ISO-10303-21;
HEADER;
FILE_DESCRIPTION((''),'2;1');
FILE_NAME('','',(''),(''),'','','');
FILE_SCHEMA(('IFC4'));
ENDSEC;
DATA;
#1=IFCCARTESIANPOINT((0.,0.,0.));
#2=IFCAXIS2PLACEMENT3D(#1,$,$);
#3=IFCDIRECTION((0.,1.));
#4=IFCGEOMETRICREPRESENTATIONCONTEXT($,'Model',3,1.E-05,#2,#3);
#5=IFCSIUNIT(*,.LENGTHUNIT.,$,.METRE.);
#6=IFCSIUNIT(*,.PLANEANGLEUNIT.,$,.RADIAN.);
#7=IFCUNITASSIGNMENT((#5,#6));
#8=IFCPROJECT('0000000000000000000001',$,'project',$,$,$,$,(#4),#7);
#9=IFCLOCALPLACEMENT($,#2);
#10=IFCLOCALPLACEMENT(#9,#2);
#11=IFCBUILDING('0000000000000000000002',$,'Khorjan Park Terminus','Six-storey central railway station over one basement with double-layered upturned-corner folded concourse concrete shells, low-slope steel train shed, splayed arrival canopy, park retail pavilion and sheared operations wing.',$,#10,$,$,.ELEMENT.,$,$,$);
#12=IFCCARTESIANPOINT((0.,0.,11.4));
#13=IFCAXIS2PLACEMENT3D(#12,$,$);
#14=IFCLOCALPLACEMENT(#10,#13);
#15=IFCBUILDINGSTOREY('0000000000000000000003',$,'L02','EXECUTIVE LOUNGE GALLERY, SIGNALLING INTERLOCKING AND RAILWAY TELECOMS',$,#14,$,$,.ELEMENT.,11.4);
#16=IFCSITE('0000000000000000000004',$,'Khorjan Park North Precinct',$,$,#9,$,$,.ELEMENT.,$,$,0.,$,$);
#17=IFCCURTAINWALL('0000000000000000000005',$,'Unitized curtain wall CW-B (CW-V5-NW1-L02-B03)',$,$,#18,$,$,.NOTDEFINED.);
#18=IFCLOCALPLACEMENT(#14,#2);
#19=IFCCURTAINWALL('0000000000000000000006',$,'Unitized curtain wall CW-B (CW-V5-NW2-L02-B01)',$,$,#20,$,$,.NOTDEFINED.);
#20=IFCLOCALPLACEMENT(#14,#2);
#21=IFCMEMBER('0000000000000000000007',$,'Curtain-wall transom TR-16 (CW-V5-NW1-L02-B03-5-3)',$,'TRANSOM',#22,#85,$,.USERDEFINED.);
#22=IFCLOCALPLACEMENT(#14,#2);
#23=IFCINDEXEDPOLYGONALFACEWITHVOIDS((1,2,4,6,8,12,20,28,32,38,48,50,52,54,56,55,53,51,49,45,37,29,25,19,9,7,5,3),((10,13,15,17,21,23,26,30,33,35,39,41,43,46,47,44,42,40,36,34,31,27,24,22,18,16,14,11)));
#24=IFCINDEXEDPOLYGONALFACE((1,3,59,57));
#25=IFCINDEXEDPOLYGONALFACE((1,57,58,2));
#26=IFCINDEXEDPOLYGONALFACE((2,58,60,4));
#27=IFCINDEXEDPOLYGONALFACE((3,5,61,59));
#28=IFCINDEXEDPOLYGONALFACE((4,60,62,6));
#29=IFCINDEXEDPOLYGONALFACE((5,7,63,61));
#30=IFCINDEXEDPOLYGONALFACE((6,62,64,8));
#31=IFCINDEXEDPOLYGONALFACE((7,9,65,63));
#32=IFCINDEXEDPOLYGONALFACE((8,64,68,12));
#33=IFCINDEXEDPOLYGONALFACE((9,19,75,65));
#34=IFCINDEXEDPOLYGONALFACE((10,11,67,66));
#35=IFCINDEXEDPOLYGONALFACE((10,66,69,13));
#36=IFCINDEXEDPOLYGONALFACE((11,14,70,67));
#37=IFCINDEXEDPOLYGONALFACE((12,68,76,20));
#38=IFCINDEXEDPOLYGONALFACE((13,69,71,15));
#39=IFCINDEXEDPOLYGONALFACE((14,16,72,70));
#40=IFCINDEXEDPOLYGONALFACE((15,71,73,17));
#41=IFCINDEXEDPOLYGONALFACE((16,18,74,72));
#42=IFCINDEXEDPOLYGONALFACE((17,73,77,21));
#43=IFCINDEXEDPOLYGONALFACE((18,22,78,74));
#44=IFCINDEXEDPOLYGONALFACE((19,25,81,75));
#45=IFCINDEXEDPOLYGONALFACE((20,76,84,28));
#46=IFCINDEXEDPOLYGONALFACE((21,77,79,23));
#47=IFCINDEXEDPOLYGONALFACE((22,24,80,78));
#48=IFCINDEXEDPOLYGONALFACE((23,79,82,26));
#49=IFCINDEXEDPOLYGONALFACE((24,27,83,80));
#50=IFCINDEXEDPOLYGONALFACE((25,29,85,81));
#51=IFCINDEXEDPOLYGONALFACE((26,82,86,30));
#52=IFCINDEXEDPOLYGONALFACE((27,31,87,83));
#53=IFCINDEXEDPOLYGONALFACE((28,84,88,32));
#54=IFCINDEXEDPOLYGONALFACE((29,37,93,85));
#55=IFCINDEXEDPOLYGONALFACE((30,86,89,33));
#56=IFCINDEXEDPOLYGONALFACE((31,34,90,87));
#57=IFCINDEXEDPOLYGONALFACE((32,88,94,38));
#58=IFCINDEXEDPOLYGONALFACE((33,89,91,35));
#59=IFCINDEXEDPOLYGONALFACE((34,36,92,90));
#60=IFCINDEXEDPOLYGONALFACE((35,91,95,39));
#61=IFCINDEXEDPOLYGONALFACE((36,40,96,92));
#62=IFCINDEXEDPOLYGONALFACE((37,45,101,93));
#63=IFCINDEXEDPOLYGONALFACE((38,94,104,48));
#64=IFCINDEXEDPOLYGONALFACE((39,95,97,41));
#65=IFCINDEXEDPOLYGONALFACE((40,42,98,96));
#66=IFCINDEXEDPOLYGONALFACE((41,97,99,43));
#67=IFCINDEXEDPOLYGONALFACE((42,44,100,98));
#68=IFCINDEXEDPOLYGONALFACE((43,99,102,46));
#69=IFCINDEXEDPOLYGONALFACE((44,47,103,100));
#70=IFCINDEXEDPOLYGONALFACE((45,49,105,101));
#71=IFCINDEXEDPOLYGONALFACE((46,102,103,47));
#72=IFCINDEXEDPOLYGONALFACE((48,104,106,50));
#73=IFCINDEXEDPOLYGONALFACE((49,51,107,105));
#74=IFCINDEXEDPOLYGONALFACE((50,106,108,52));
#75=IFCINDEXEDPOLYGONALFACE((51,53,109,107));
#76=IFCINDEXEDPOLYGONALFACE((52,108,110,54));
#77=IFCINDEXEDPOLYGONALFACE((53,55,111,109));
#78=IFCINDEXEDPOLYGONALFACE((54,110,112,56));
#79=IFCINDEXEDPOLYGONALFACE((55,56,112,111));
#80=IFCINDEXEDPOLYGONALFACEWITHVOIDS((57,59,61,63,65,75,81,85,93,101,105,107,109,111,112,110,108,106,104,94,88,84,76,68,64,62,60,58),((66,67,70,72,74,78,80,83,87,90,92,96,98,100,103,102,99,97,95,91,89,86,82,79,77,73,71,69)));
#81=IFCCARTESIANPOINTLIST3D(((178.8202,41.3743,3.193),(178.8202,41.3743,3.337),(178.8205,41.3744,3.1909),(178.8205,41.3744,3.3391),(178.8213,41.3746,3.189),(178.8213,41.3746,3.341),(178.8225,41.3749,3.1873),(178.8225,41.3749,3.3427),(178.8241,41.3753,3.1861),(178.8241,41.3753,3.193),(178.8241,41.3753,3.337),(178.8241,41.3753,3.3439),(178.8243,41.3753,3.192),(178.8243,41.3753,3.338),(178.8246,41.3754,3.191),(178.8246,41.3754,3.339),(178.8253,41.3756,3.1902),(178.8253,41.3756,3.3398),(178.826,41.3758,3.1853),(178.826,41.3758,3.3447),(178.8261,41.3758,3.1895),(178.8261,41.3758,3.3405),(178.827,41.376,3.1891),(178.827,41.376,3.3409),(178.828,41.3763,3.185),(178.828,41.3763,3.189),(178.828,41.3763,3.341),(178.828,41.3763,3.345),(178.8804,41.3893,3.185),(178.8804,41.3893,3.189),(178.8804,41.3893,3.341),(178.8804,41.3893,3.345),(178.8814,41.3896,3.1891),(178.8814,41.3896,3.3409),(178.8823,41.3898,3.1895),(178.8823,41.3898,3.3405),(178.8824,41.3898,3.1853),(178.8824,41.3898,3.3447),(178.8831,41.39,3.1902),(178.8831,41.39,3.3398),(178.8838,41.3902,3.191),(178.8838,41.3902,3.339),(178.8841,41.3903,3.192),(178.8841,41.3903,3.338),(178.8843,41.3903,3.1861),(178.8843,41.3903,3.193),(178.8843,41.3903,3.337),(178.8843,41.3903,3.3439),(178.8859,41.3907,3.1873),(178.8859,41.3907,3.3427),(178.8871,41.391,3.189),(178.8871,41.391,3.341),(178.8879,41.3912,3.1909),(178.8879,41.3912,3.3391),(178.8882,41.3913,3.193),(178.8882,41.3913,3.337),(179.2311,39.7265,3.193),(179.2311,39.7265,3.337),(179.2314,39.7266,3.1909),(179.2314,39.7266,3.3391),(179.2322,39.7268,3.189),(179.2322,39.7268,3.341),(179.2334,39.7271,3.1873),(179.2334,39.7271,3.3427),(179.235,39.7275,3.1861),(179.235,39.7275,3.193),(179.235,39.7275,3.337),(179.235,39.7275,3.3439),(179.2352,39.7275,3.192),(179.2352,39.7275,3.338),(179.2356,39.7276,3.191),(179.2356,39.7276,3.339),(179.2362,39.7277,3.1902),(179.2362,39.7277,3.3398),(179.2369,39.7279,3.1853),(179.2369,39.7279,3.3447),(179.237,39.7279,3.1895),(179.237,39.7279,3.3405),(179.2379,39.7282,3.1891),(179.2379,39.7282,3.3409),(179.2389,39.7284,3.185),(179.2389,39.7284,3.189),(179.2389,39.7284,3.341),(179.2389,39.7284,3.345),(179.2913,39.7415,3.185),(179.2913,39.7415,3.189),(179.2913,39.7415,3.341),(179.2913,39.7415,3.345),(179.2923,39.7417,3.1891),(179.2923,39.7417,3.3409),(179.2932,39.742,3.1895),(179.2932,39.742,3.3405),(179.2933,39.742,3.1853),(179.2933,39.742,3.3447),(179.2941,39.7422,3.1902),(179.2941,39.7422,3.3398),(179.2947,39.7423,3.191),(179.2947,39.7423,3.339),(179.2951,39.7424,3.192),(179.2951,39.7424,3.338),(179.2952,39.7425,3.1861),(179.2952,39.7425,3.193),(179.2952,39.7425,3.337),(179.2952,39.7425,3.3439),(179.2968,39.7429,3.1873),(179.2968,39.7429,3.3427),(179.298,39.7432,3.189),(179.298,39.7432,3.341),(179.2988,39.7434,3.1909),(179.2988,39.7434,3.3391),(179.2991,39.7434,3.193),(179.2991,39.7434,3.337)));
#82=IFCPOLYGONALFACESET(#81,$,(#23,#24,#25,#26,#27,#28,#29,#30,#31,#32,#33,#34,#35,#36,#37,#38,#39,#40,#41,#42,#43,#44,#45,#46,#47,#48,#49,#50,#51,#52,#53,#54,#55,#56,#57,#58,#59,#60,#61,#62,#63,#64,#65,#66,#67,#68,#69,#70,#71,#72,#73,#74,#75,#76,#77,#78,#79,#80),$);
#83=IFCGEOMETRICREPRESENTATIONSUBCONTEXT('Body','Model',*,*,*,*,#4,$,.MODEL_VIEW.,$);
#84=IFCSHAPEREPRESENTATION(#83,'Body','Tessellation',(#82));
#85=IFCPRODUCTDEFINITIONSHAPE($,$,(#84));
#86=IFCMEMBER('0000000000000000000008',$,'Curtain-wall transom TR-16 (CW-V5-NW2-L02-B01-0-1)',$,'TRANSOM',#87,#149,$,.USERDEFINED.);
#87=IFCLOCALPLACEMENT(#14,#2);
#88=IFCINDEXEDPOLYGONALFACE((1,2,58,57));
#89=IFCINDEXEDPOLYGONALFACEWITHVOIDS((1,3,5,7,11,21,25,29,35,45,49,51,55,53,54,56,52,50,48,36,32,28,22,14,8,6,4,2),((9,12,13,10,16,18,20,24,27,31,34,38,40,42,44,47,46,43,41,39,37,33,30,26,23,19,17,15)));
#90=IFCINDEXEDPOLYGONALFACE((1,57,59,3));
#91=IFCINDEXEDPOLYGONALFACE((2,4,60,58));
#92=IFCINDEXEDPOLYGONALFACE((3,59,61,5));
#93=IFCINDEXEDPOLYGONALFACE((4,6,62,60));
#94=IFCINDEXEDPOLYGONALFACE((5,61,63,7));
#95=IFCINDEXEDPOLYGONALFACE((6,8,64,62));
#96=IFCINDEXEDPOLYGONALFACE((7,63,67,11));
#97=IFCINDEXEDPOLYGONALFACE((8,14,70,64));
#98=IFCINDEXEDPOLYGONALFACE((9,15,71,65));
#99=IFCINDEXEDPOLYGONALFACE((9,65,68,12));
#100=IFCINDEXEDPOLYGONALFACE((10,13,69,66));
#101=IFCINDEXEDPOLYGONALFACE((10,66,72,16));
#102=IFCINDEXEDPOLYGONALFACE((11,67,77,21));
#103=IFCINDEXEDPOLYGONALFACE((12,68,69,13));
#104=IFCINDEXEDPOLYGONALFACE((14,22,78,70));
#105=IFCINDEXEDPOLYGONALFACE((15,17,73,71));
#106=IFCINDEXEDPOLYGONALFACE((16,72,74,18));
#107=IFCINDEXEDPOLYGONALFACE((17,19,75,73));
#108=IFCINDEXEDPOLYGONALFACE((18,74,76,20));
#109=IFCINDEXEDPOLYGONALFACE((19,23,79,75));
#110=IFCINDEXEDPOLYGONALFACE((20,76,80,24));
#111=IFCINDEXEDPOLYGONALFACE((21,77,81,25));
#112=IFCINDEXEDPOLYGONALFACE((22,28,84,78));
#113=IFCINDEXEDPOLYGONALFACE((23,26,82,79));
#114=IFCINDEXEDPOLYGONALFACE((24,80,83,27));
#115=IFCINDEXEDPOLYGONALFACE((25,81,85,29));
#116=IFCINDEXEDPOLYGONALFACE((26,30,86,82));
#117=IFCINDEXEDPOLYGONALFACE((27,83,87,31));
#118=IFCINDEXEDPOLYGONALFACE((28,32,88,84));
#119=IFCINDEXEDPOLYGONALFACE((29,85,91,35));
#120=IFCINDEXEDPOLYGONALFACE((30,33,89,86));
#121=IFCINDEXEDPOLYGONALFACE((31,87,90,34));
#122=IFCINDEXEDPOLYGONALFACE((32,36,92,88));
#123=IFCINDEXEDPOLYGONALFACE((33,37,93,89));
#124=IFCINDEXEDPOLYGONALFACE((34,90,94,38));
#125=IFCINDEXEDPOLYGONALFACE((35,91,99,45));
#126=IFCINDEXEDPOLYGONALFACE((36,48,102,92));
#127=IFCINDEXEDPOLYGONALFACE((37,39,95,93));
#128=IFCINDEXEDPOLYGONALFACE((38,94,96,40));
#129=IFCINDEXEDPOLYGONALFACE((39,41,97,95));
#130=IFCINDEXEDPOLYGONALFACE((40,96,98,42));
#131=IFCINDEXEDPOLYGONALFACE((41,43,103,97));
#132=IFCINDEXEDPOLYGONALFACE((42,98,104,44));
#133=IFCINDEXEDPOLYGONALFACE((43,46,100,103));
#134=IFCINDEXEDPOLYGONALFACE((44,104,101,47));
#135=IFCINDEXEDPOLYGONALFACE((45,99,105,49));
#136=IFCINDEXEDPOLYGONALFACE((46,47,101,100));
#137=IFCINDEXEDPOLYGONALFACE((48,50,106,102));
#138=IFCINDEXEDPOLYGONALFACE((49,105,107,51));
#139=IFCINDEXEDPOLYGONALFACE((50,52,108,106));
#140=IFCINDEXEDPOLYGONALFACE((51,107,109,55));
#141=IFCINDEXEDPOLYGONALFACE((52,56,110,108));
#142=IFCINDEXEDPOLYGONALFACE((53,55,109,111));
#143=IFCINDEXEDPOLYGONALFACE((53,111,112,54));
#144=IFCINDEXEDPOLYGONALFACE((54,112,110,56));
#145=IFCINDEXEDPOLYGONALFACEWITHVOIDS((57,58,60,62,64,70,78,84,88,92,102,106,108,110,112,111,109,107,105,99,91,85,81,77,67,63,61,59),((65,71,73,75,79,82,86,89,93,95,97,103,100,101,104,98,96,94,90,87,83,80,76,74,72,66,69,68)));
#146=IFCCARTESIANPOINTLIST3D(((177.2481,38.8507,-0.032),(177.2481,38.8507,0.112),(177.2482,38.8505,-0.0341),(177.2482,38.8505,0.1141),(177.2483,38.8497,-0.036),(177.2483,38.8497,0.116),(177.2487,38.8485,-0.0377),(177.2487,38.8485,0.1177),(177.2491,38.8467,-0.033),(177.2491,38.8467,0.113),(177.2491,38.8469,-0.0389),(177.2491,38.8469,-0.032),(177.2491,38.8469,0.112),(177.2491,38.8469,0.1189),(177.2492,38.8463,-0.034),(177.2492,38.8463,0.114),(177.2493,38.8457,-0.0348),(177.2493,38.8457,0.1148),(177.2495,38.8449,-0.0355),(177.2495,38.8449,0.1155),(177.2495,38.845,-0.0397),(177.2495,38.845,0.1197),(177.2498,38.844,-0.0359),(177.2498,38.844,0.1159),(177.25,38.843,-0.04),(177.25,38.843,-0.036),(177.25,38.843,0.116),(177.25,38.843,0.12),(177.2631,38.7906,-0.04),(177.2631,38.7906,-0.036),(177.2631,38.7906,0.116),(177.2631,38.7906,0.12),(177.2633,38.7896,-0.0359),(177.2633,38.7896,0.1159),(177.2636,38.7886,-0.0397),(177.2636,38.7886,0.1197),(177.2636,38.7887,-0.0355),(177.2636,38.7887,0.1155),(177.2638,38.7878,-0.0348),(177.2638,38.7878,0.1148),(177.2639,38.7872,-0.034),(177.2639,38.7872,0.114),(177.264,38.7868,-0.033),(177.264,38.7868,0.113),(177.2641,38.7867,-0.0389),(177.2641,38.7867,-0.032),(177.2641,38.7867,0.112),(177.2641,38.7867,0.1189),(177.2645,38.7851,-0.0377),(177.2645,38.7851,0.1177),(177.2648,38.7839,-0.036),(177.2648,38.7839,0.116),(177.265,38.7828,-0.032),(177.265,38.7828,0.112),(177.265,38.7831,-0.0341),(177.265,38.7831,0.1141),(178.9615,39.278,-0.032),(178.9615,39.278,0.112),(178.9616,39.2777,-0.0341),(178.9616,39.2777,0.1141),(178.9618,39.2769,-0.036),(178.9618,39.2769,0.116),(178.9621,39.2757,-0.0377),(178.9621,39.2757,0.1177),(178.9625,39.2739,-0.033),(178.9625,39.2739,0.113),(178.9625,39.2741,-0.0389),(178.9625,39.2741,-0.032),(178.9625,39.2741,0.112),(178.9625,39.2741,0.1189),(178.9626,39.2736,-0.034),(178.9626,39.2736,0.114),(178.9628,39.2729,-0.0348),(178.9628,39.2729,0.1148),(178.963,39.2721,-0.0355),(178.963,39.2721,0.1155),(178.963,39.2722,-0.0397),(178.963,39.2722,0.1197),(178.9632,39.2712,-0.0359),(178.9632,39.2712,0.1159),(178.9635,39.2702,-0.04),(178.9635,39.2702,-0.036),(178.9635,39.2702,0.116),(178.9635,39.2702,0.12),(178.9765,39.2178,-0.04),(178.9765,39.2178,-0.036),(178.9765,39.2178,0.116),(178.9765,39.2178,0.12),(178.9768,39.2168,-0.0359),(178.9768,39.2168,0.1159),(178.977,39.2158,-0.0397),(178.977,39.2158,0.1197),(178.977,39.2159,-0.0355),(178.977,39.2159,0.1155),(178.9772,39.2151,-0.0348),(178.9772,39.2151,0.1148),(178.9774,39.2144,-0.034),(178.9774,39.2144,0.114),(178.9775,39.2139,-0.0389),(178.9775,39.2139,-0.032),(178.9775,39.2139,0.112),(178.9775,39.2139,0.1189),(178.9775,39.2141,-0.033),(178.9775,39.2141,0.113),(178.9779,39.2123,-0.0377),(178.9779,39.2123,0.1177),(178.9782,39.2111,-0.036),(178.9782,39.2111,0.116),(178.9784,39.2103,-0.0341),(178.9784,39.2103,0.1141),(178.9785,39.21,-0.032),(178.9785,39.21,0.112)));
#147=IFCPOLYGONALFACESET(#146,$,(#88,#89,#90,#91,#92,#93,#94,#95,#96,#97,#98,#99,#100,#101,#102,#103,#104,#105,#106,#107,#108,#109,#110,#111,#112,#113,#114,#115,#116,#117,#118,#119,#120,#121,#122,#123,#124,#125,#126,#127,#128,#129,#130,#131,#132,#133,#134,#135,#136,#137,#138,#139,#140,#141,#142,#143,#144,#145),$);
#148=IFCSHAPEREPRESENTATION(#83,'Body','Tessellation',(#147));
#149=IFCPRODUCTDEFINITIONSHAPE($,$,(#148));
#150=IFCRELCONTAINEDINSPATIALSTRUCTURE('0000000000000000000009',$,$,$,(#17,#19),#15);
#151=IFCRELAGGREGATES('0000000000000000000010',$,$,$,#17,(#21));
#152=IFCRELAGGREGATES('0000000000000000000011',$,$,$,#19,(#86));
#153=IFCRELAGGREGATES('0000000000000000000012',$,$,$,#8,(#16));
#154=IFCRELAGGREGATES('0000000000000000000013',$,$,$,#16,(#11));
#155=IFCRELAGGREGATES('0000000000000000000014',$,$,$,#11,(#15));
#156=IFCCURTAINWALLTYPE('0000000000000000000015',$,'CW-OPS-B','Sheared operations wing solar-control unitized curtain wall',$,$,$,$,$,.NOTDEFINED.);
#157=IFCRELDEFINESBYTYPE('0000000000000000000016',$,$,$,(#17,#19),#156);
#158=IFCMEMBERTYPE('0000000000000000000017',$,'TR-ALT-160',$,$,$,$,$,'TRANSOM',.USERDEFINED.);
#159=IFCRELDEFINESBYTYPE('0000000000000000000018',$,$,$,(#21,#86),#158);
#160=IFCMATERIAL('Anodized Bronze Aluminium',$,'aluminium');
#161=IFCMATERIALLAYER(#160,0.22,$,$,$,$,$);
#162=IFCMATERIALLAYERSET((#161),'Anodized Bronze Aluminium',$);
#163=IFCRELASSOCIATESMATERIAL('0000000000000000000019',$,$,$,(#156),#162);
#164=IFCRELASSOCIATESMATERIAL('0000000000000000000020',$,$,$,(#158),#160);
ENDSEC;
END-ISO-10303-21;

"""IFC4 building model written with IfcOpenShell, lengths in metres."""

from ifc_helpers import new_model, si_unit, direction, frame, origin, origin_2d, place, context, subcontext, project, spatial, hollow_rectangle, extrude, material, layer, layer_set, material_profile, profile_set, type_object, element, aggregate, save


model = new_model("IFC4")

# Units and contexts
model_context = context("Model", 3, precision=1e-05, world=origin(), true_north=direction((0.0, 1.0)))
body_context = subcontext(model_context, "Body", "Model", "MODEL_VIEW")
ifc_project = project(units=[si_unit("LENGTHUNIT", "METRE"), si_unit("PLANEANGLEUNIT", "RADIAN")], contexts=[model_context])

# Site, building, storey
site_placement = place(None, origin())
site = spatial("IfcSite", under=ifc_project, at=site_placement, Name="Khorjan Park North Precinct", CompositionType="ELEMENT", RefElevation=0.0)
building_placement = place(site_placement, origin())
building = spatial("IfcBuilding", under=site, at=building_placement, Name="Khorjan Park Terminus", Description="Six-storey central railway station over one basement with double-layered upturned-corner folded concourse concrete shells, low-slope steel train shed, splayed arrival canopy, park retail pavilion and sheared operations wing.", CompositionType="ELEMENT")
storey_placement = place(building_placement, frame((0.0, 0.0, 11.4)))
storey = spatial("IfcBuildingStorey", under=building, at=storey_placement, Name="L02", Description="EXECUTIVE LOUNGE GALLERY, SIGNALLING INTERLOCKING AND RAILWAY TELECOMS", CompositionType="ELEMENT", Elevation=11.4)

# Curtain wall
ifc_material_1 = material(Name="Anodized Bronze Aluminium", Category="aluminium")
ifc_layer_1 = layer(ifc_material_1, 0.22)
ifc_layer_set_1 = layer_set([ifc_layer_1], Name="Anodized Bronze Aluminium")
curtain_wall_type = type_object("IfcCurtainWallType", Name="CW-OPS-B", Description="Sheared operations wing solar-control unitized curtain wall", PredefinedType="NOTDEFINED", material=ifc_layer_set_1)
curtain_wall_1_placement = place(storey_placement, origin())
curtain_wall_1 = element("IfcCurtainWall", 1, at=curtain_wall_1_placement, inside=storey, type_object=curtain_wall_type, Name="Unitized curtain wall CW-B (CW-V5-NW1-L02-B03)", PredefinedType="NOTDEFINED")

# Curtain wall
curtain_wall_2_placement = place(storey_placement, origin())
curtain_wall_2 = element("IfcCurtainWall", 2, at=curtain_wall_2_placement, inside=storey, type_object=curtain_wall_type, Name="Unitized curtain wall CW-B (CW-V5-NW2-L02-B01)", PredefinedType="NOTDEFINED")

# Members
ifc_material_profile_1 = material_profile(ifc_material_1, hollow_rectangle(XDim=0.07, YDim=0.16, WallThickness=0.004, InnerFilletRadius=0.004, OuterFilletRadius=0.008, at=origin_2d()), Name="ALT 70x160x4")
ifc_profile_set_1 = profile_set([ifc_material_profile_1], Name="Anodized Bronze Aluminium")
member_type_1 = type_object("IfcMemberType", Name="TR-ALT-160", ElementType="TRANSOM", PredefinedType="USERDEFINED", material=ifc_profile_set_1)
member_1_placement = place(storey_placement, frame((178.8542, 41.3828, 3.265), z_axis=(0.241954, -0.970288, 0.0), x_axis=(0.970288, 0.241954, 0.0)))
member_1 = element("IfcMember", 3, at=member_1_placement, type_object=member_type_1, Name="Curtain-wall transom TR-16 (CW-V5-NW1-L02-B03-5-3)", ObjectType="TRANSOM", PredefinedType="USERDEFINED", context=body_context, shape_type="SweptSolid", body=[
    extrude(hollow_rectangle(XDim=0.07, YDim=0.16, WallThickness=0.004, InnerFilletRadius=0.004, OuterFilletRadius=0.008, at=origin_2d()), origin(), (0.0, 0.0, 1.0), 1.6983),
])
member_2_placement = place(storey_placement, frame((178.97, 39.244, 0.04), z_axis=(-0.970296, -0.241923, 0.0), x_axis=(0.241923, -0.970296, 0.0)))
member_2 = element("IfcMember", 4, at=member_2_placement, type_object=member_type_1, Name="Curtain-wall transom TR-16 (CW-V5-NW2-L02-B01-0-1)", ObjectType="TRANSOM", PredefinedType="USERDEFINED", context=body_context, shape_type="SweptSolid", body=[
    extrude(hollow_rectangle(XDim=0.07, YDim=0.16, WallThickness=0.004, InnerFilletRadius=0.004, OuterFilletRadius=0.008, at=origin_2d()), origin(), (0.0, 0.0, 1.0), 1.7659),
])

aggregate(curtain_wall_1, [member_1])
aggregate(curtain_wall_2, [member_2])

save(model, "model.ifc")
